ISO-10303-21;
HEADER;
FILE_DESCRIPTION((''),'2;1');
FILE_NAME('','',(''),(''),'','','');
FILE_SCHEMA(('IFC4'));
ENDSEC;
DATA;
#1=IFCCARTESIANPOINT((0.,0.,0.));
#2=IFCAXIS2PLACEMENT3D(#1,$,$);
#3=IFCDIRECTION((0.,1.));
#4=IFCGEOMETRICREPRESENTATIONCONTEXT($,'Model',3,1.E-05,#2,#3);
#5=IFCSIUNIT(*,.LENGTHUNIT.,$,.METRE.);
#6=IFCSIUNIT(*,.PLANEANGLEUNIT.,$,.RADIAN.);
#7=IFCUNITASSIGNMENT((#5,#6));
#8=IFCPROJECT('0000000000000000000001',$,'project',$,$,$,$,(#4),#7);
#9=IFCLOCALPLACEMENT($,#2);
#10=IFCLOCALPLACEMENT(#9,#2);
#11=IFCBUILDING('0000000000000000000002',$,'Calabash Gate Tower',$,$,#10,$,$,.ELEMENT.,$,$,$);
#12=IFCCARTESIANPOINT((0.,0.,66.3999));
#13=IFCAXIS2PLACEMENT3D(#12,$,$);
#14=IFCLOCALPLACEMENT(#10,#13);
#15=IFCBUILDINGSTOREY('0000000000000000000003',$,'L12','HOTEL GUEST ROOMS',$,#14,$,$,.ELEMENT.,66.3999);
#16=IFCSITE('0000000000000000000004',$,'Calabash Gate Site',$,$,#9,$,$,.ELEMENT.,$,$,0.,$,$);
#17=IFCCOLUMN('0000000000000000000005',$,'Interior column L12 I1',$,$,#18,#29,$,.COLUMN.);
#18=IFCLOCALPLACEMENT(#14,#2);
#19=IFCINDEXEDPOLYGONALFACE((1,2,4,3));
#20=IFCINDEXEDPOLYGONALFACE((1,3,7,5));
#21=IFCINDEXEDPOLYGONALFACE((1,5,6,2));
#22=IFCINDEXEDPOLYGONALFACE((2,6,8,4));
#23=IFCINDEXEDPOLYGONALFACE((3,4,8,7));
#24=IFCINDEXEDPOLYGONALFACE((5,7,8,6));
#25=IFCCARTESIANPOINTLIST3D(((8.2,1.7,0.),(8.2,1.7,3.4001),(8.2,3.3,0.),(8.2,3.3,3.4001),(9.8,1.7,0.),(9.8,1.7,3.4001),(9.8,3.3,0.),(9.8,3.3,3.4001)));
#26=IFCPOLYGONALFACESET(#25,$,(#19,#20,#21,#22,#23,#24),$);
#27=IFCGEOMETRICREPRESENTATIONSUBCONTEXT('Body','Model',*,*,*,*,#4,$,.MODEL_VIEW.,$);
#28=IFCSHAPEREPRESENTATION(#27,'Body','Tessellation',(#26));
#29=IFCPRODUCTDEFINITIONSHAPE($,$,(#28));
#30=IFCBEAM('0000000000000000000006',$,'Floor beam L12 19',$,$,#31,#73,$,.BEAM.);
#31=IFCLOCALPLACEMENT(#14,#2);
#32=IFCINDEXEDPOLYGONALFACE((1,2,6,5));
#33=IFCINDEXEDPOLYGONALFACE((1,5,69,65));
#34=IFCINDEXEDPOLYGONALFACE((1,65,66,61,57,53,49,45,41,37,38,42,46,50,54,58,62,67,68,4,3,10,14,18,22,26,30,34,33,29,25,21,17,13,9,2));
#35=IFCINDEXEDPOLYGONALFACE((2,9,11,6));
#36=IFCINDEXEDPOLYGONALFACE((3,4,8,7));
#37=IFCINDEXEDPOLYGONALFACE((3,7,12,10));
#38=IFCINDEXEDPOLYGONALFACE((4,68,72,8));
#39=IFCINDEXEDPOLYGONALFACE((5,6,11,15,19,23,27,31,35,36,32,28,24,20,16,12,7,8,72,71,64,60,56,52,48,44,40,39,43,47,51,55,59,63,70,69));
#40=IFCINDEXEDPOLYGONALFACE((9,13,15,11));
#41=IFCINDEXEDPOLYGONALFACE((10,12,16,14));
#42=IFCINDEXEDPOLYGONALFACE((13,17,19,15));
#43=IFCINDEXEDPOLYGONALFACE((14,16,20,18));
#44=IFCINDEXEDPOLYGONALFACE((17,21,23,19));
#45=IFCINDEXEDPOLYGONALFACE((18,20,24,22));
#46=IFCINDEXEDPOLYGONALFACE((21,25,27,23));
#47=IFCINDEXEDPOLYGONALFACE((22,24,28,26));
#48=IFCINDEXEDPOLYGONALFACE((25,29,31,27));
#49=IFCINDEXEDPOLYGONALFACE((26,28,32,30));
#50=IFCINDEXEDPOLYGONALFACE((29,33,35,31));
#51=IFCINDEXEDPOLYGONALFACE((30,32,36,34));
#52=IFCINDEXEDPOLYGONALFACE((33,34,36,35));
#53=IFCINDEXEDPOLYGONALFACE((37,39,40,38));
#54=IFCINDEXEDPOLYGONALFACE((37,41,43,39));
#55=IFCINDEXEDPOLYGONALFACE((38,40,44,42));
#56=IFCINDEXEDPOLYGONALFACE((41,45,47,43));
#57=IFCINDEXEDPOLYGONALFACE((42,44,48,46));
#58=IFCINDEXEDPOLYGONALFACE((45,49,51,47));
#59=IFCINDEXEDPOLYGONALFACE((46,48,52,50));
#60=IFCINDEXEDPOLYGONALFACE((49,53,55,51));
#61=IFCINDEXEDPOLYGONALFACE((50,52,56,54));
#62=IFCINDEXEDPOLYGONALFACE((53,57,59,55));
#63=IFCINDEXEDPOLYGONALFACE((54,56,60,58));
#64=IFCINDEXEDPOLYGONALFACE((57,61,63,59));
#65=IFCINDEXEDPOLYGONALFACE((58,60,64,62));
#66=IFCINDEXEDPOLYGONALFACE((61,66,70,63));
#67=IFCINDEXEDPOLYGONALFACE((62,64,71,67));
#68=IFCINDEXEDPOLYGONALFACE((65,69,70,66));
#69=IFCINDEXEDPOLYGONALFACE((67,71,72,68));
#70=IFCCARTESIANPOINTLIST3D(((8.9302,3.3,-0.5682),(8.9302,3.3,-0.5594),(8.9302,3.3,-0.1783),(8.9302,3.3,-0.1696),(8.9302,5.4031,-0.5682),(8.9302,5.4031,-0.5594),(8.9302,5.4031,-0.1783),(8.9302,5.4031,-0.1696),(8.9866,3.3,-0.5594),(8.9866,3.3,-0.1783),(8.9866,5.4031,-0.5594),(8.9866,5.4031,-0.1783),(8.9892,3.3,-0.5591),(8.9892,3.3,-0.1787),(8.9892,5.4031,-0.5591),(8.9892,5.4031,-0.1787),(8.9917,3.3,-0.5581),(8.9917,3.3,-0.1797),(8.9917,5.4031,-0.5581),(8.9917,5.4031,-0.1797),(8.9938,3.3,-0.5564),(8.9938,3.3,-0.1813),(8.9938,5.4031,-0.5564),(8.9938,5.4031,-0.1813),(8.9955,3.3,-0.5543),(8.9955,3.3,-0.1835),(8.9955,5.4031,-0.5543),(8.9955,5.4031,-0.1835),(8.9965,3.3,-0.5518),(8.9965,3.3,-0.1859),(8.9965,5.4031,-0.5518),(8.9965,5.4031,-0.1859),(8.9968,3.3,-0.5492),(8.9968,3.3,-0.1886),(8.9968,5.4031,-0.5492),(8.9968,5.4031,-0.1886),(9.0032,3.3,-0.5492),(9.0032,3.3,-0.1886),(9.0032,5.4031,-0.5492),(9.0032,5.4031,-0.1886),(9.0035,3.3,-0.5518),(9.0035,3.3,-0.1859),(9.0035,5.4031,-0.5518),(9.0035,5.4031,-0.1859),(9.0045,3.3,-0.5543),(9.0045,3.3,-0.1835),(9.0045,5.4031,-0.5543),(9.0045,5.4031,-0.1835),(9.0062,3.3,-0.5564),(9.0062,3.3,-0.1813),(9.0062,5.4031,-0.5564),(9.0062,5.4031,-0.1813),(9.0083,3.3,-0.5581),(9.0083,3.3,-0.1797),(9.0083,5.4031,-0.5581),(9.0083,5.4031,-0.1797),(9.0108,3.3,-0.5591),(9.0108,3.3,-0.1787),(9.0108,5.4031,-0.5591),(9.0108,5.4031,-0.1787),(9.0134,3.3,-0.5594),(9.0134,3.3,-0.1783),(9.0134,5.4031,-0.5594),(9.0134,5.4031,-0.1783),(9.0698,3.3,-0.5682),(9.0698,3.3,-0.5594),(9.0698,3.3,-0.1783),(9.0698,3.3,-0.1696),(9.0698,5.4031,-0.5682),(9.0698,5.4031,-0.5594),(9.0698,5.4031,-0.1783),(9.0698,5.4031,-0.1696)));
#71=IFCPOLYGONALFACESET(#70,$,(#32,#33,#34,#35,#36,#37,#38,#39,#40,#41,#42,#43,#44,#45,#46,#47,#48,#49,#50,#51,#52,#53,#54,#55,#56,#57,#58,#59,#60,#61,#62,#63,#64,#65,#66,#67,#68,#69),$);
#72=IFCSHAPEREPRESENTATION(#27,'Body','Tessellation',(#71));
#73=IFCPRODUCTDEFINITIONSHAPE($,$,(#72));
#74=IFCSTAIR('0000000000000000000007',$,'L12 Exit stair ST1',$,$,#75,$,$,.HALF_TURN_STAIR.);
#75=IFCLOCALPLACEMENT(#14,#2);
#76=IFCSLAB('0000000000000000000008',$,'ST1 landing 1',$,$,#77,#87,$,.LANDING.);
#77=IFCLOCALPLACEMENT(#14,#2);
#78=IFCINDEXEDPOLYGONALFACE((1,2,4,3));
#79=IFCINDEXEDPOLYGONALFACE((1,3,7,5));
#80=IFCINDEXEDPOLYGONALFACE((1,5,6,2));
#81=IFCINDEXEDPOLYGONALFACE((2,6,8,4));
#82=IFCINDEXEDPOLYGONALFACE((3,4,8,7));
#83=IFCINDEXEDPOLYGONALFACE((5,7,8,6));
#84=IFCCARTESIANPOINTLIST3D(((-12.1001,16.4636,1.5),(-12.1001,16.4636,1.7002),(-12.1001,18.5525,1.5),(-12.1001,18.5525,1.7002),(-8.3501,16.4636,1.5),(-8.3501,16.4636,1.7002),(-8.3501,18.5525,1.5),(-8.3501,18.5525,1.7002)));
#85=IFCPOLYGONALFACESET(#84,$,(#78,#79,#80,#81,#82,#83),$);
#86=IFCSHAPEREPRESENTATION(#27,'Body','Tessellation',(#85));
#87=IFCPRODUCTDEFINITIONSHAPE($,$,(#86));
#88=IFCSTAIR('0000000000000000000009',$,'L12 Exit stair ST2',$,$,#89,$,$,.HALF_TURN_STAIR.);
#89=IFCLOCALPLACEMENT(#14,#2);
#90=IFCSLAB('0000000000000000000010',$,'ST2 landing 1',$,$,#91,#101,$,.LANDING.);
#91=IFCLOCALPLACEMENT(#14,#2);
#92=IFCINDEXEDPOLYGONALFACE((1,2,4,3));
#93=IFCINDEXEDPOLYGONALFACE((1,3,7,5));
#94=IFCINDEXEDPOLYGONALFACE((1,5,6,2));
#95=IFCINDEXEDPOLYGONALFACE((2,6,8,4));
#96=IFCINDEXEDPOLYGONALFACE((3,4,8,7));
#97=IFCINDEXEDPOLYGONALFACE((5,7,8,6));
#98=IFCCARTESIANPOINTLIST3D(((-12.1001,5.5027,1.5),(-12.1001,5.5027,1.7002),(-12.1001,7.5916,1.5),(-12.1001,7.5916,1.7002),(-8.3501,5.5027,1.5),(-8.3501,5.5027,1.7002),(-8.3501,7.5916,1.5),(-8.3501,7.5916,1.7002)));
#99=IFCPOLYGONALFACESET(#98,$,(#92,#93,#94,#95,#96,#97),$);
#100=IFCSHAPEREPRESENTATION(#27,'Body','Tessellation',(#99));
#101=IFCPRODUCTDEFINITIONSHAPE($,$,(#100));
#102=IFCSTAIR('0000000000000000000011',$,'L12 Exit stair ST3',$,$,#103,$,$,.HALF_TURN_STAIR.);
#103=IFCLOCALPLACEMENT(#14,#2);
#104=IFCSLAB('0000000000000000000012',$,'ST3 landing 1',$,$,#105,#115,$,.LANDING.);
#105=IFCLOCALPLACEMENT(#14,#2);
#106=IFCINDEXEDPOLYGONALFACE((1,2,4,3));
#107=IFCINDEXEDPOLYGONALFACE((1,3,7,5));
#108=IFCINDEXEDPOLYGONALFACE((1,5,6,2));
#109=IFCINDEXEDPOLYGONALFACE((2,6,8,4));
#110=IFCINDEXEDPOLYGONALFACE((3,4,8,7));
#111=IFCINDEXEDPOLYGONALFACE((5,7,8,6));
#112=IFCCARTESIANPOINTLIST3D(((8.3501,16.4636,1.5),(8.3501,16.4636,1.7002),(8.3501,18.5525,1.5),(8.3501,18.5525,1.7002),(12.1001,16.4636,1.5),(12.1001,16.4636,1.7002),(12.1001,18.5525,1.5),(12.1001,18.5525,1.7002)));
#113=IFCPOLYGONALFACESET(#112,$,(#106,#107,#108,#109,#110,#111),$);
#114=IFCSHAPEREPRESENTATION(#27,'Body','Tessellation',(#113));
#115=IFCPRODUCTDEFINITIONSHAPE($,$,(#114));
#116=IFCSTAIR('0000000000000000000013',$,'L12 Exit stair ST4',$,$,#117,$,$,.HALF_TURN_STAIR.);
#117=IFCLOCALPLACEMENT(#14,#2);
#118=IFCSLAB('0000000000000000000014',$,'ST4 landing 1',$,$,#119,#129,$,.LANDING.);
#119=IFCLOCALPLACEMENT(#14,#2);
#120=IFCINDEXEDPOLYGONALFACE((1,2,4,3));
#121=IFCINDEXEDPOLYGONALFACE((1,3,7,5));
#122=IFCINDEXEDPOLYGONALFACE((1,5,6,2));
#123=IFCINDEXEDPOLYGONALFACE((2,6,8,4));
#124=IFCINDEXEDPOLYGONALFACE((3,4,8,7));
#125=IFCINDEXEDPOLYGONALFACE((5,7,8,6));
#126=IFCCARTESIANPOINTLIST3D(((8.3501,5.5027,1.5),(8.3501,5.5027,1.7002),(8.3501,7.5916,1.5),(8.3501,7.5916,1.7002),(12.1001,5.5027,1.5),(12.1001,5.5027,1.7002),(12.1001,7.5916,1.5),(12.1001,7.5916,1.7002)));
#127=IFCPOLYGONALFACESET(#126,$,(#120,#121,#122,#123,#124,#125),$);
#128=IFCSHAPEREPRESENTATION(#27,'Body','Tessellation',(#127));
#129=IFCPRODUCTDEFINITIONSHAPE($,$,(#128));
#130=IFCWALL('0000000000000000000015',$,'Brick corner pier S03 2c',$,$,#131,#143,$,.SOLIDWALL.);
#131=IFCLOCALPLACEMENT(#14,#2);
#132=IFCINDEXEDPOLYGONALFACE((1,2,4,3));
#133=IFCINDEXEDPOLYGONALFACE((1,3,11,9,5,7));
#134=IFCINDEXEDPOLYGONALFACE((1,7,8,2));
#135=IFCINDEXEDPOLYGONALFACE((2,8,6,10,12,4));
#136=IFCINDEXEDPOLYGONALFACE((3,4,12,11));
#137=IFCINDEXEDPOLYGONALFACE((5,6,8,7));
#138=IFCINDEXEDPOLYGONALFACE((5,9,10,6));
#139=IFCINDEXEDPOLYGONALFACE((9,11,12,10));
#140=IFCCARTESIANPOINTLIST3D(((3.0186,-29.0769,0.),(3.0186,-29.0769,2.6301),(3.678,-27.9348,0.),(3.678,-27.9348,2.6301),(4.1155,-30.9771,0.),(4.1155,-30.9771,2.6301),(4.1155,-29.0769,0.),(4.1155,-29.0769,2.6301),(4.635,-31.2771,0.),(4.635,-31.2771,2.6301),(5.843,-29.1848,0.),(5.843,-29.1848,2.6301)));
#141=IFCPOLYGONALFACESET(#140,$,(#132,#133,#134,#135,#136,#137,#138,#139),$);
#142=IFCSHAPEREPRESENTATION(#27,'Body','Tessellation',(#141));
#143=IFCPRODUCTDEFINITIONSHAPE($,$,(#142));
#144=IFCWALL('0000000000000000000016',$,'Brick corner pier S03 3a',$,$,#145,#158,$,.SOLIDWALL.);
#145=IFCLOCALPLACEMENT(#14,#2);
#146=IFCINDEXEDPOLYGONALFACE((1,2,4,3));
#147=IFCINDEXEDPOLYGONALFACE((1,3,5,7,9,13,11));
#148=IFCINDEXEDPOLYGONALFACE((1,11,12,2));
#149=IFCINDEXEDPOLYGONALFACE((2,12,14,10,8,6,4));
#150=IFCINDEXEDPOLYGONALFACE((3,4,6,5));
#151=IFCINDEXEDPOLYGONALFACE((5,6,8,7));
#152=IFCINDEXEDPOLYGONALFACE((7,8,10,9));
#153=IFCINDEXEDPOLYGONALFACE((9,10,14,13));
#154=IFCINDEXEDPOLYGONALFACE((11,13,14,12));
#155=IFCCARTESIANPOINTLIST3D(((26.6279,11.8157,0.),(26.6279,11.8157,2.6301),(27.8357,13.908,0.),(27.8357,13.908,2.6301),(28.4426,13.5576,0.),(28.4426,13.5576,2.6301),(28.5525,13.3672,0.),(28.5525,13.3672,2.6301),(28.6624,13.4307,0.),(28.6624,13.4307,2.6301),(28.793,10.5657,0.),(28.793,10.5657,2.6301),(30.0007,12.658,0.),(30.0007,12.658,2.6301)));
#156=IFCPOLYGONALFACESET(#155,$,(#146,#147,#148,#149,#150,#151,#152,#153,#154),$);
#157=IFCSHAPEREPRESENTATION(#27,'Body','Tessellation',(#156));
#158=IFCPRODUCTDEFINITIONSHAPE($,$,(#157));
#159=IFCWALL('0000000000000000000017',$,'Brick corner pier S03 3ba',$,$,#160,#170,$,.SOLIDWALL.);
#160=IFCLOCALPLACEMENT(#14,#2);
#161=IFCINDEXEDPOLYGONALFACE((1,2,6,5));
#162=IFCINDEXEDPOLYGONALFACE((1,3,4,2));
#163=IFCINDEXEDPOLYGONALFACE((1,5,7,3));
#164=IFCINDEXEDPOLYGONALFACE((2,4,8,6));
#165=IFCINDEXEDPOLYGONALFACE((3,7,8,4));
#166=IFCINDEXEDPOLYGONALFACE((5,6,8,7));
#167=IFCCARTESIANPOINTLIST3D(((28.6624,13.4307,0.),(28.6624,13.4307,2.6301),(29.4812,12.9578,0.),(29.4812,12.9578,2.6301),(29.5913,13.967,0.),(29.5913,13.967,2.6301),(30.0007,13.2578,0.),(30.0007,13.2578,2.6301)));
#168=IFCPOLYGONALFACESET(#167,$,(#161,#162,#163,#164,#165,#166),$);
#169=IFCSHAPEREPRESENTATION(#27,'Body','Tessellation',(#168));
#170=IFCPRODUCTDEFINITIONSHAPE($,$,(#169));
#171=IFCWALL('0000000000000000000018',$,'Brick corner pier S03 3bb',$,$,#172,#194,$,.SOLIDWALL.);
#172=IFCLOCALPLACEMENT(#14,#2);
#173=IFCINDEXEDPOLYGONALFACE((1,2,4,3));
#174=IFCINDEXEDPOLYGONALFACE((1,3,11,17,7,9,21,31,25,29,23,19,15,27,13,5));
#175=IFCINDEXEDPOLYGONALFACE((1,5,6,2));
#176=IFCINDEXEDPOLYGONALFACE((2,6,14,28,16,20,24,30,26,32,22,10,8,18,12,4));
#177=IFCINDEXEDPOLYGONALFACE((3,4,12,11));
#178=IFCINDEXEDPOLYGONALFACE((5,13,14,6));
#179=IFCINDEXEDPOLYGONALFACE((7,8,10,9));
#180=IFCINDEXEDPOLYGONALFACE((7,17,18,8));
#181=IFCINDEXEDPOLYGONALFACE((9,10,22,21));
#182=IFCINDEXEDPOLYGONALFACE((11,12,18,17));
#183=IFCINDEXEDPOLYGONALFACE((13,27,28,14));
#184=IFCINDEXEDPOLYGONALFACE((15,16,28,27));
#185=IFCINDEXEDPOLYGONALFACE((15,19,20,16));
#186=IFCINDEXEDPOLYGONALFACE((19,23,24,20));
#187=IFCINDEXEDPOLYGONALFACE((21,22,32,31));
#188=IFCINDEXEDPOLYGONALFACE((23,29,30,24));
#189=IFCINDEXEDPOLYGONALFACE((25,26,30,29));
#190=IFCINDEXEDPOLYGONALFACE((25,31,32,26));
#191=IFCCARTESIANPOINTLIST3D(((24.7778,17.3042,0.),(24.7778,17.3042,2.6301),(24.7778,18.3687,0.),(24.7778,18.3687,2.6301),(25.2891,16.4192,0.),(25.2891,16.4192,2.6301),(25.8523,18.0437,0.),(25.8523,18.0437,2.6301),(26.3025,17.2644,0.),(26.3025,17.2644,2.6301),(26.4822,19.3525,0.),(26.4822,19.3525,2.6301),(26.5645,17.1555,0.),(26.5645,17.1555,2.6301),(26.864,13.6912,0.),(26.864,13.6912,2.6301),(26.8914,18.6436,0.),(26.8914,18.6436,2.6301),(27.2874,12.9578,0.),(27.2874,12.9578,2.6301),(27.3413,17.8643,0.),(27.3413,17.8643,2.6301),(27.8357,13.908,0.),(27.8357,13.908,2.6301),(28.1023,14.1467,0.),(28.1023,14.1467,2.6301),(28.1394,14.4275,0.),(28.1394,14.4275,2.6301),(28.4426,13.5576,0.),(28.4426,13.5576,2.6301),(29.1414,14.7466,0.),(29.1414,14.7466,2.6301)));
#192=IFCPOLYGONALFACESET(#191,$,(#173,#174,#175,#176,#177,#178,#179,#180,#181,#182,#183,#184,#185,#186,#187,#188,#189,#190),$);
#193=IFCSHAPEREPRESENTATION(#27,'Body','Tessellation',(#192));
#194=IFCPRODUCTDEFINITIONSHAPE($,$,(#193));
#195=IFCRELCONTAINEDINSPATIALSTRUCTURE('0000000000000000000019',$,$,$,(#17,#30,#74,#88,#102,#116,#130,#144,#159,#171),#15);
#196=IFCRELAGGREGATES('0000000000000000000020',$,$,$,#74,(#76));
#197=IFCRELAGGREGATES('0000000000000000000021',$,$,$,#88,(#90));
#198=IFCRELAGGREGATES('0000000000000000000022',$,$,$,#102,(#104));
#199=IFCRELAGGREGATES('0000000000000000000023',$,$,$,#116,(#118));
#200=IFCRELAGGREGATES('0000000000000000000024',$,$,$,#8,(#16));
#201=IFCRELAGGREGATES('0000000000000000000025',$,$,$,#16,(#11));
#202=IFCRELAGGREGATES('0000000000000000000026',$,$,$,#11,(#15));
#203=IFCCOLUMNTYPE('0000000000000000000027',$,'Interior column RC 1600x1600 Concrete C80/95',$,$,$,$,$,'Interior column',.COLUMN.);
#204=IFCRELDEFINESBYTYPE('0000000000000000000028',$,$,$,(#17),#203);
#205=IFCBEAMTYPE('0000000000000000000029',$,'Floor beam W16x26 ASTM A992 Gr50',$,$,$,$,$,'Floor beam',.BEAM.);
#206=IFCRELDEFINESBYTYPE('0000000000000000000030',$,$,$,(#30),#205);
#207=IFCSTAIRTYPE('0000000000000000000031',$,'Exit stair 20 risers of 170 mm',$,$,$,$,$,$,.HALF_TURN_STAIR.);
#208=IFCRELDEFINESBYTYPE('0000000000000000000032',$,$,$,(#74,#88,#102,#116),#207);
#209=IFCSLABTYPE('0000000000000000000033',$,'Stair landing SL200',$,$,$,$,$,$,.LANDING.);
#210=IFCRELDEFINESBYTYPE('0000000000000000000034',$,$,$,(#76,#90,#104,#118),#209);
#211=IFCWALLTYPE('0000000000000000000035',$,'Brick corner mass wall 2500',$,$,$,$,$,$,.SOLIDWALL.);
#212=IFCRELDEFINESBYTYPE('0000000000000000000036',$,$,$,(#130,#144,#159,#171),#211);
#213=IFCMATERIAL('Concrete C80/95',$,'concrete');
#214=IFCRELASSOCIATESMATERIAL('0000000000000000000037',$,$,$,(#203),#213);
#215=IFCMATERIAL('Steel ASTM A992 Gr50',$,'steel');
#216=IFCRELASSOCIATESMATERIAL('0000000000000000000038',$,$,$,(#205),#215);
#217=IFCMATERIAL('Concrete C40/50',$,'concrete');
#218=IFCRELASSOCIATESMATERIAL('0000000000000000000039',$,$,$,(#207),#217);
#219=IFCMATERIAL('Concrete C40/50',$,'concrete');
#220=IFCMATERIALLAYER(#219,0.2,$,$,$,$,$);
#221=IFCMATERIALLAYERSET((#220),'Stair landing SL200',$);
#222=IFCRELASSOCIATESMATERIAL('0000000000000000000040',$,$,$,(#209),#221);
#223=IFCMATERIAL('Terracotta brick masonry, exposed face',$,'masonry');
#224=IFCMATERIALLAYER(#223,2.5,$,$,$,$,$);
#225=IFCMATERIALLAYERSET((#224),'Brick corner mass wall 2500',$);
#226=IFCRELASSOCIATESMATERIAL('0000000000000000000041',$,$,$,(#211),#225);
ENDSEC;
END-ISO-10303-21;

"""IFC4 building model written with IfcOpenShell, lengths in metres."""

from ifc_helpers import new_model, si_unit, direction, frame, origin, origin_2d, place, context, subcontext, project, spatial, polyline, rectangle, i_section, outline, extrude, material, layer, layer_set, material_profile, profile_set, type_object, element, aggregate, save


model = new_model("IFC4")

# Units and contexts
model_context = context("Model", 3, precision=1e-05, world=origin(), true_north=direction((0.0, 1.0)))
body_context = subcontext(model_context, "Body", "Model", "MODEL_VIEW")
ifc_project = project(units=[si_unit("LENGTHUNIT", "METRE"), si_unit("PLANEANGLEUNIT", "RADIAN")], contexts=[model_context])

# Site, building, storey
site_placement = place(None, origin())
site = spatial("IfcSite", under=ifc_project, at=site_placement, Name="Calabash Gate Site", CompositionType="ELEMENT", RefElevation=0.0)
building_placement = place(site_placement, origin())
building = spatial("IfcBuilding", under=site, at=building_placement, Name="Calabash Gate Tower", CompositionType="ELEMENT")
storey_placement = place(building_placement, frame((0.0, 0.0, 66.3999)))
storey = spatial("IfcBuildingStorey", under=building, at=storey_placement, Name="L12", Description="HOTEL GUEST ROOMS", CompositionType="ELEMENT", Elevation=66.3999)

# Column
ifc_material_1 = material(Name="Concrete C80/95", Category="concrete")
ifc_material_profile_1 = material_profile(ifc_material_1, rectangle(XDim=1.6001, YDim=1.6001, at=origin_2d()))
ifc_profile_set_1 = profile_set([ifc_material_profile_1], Name="Concrete C80/95")
column_type = type_object("IfcColumnType", Name="Interior column RC 1600x1600 Concrete C80/95", ElementType="Interior column", PredefinedType="COLUMN", material=ifc_profile_set_1)
column_placement = place(storey_placement, frame((9.0, 2.5, 0.0), z_axis=(0.0, 0.0, 1.0), x_axis=(1.0, 0.0, 0.0)))
element("IfcColumn", 1, at=column_placement, inside=storey, type_object=column_type, Name="Interior column L12 I1", PredefinedType="COLUMN", context=body_context, shape_type="SweptSolid", body=[
    extrude(rectangle(XDim=1.6001, YDim=1.6001, at=origin_2d()), origin(), (0.0, 0.0, 1.0), 3.4001),
])

# Beam
ifc_material_2 = material(Name="Steel ASTM A992 Gr50", Category="steel")
ifc_material_profile_2 = material_profile(ifc_material_2, i_section(OverallWidth=0.1396, OverallDepth=0.3987, WebThickness=0.0063, FlangeThickness=0.0088, FilletRadius=0.0103, at=origin_2d()))
ifc_profile_set_2 = profile_set([ifc_material_profile_2], Name="Steel ASTM A992 Gr50")
beam_type = type_object("IfcBeamType", Name="Floor beam W16x26 ASTM A992 Gr50", ElementType="Floor beam", PredefinedType="BEAM", material=ifc_profile_set_2)
beam_placement = place(storey_placement, frame((9.0, 3.3, -0.3689), z_axis=(0.0, 1.0, 0.0), x_axis=(-1.0, 0.0, 0.0)))
element("IfcBeam", 2, at=beam_placement, inside=storey, type_object=beam_type, Name="Floor beam L12 19", PredefinedType="BEAM", context=body_context, shape_type="SweptSolid", body=[
    extrude(i_section(OverallWidth=0.1396, OverallDepth=0.3987, WebThickness=0.0063, FlangeThickness=0.0088, FilletRadius=0.0103, at=origin_2d()), origin(), (0.0, 0.0, 1.0), 2.103),
])

# Stairs, slabs
ifc_material_3 = material(Name="Concrete C40/50", Category="concrete")
stair_type = type_object("IfcStairType", Name="Exit stair 20 risers of 170 mm", PredefinedType="HALF_TURN_STAIR", material=ifc_material_3)
stair_1_placement = place(storey_placement, origin())
stair_1 = element("IfcStair", 3, at=stair_1_placement, inside=storey, type_object=stair_type, Name="L12 Exit stair ST1", PredefinedType="HALF_TURN_STAIR")
ifc_material_4 = material(Name="Concrete C40/50", Category="concrete")
ifc_layer_1 = layer(ifc_material_4, 0.2)
ifc_layer_set_1 = layer_set([ifc_layer_1], Name="Stair landing SL200")
slab_type = type_object("IfcSlabType", Name="Stair landing SL200", PredefinedType="LANDING", material=ifc_layer_set_1)
slab_1_placement = place(storey_placement, frame((0.0, 0.0, 1.5)))
slab_1 = element("IfcSlab", 4, at=slab_1_placement, type_object=slab_type, Name="ST1 landing 1", PredefinedType="LANDING", context=body_context, shape_type="SweptSolid", body=[
    extrude(outline(polyline([(-8.3501, 16.4636), (-8.3501, 18.5525), (-12.1001, 18.5525), (-12.1001, 16.4636), (-8.3501, 16.4636)])), origin(), (0.0, 0.0, 1.0), 0.2002),
])
aggregate(stair_1, [slab_1])
stair_2_placement = place(storey_placement, origin())
stair_2 = element("IfcStair", 5, at=stair_2_placement, inside=storey, type_object=stair_type, Name="L12 Exit stair ST2", PredefinedType="HALF_TURN_STAIR")
slab_2_placement = place(storey_placement, frame((0.0, 0.0, 1.5)))
slab_2 = element("IfcSlab", 6, at=slab_2_placement, type_object=slab_type, Name="ST2 landing 1", PredefinedType="LANDING", context=body_context, shape_type="SweptSolid", body=[
    extrude(outline(polyline([(-12.1001, 7.5916), (-12.1001, 5.5027), (-8.3501, 5.5027), (-8.3501, 7.5916), (-12.1001, 7.5916)])), origin(), (0.0, 0.0, 1.0), 0.2002),
])
aggregate(stair_2, [slab_2])
stair_3_placement = place(storey_placement, origin())
stair_3 = element("IfcStair", 7, at=stair_3_placement, inside=storey, type_object=stair_type, Name="L12 Exit stair ST3", PredefinedType="HALF_TURN_STAIR")
slab_3_placement = place(storey_placement, frame((0.0, 0.0, 1.5)))
slab_3 = element("IfcSlab", 8, at=slab_3_placement, type_object=slab_type, Name="ST3 landing 1", PredefinedType="LANDING", context=body_context, shape_type="SweptSolid", body=[
    extrude(outline(polyline([(12.1001, 16.4636), (12.1001, 18.5525), (8.3501, 18.5525), (8.3501, 16.4636), (12.1001, 16.4636)])), origin(), (0.0, 0.0, 1.0), 0.2002),
])
aggregate(stair_3, [slab_3])
stair_4_placement = place(storey_placement, origin())
stair_4 = element("IfcStair", 9, at=stair_4_placement, inside=storey, type_object=stair_type, Name="L12 Exit stair ST4", PredefinedType="HALF_TURN_STAIR")
slab_4_placement = place(storey_placement, frame((0.0, 0.0, 1.5)))
slab_4 = element("IfcSlab", 10, at=slab_4_placement, type_object=slab_type, Name="ST4 landing 1", PredefinedType="LANDING", context=body_context, shape_type="SweptSolid", body=[
    extrude(outline(polyline([(8.3501, 7.5916), (8.3501, 5.5027), (12.1001, 5.5027), (12.1001, 7.5916), (8.3501, 7.5916)])), origin(), (0.0, 0.0, 1.0), 0.2002),
])
aggregate(stair_4, [slab_4])

# Walls
ifc_material_5 = material(Name="Terracotta brick masonry, exposed face", Category="masonry")
ifc_layer_2 = layer(ifc_material_5, 2.5)
ifc_layer_set_2 = layer_set([ifc_layer_2], Name="Brick corner mass wall 2500")
wall_type_1 = type_object("IfcWallType", Name="Brick corner mass wall 2500", PredefinedType="SOLIDWALL", material=ifc_layer_set_2)
wall_1_placement = place(storey_placement, origin())
element("IfcWall", 11, at=wall_1_placement, inside=storey, type_object=wall_type_1, Name="Brick corner pier S03 2c", PredefinedType="SOLIDWALL", context=body_context, shape_type="SweptSolid", body=[
    extrude(outline(polyline([(5.843, -29.1848), (3.678, -27.9348), (3.0186, -29.0769), (4.1155, -29.0769), (4.1155, -30.9771), (4.635, -31.2771), (5.843, -29.1848)])), origin(), (0.0, 0.0, 1.0), 2.6301),
])
wall_2_placement = place(storey_placement, origin())
element("IfcWall", 12, at=wall_2_placement, inside=storey, type_object=wall_type_1, Name="Brick corner pier S03 3a", PredefinedType="SOLIDWALL", context=body_context, shape_type="SweptSolid", body=[
    extrude(outline(polyline([(30.0007, 12.658), (28.6624, 13.4307), (28.5525, 13.3672), (28.4426, 13.5576), (27.8357, 13.908), (26.6279, 11.8157), (28.793, 10.5657), (30.0007, 12.658)])), origin(), (0.0, 0.0, 1.0), 2.6301),
])
wall_3_placement = place(storey_placement, origin())
element("IfcWall", 13, at=wall_3_placement, inside=storey, type_object=wall_type_1, Name="Brick corner pier S03 3ba", PredefinedType="SOLIDWALL", context=body_context, shape_type="SweptSolid", body=[
    extrude(outline(polyline([(29.4812, 12.9578), (30.0007, 13.2578), (29.5913, 13.967), (28.6624, 13.4307), (29.4812, 12.9578)])), origin(), (0.0, 0.0, 1.0), 2.6301),
])
wall_4_placement = place(storey_placement, origin())
element("IfcWall", 14, at=wall_4_placement, inside=storey, type_object=wall_type_1, Name="Brick corner pier S03 3bb", PredefinedType="SOLIDWALL", context=body_context, shape_type="SweptSolid", body=[
    extrude(outline(polyline([(25.8523, 18.0437), (26.8914, 18.6436), (26.4822, 19.3525), (24.7778, 18.3687), (24.7778, 17.3042), (25.2891, 16.4192), (26.5645, 17.1555), (28.1394, 14.4275), (26.864, 13.6912), (27.2874, 12.9578), (27.8357, 13.908), (28.4426, 13.5576), (28.1023, 14.1467), (29.1414, 14.7466), (27.3413, 17.8643), (26.3025, 17.2644), (25.8523, 18.0437)])), origin(), (0.0, 0.0, 1.0), 2.6301),
])

save(model, "model.ifc")
